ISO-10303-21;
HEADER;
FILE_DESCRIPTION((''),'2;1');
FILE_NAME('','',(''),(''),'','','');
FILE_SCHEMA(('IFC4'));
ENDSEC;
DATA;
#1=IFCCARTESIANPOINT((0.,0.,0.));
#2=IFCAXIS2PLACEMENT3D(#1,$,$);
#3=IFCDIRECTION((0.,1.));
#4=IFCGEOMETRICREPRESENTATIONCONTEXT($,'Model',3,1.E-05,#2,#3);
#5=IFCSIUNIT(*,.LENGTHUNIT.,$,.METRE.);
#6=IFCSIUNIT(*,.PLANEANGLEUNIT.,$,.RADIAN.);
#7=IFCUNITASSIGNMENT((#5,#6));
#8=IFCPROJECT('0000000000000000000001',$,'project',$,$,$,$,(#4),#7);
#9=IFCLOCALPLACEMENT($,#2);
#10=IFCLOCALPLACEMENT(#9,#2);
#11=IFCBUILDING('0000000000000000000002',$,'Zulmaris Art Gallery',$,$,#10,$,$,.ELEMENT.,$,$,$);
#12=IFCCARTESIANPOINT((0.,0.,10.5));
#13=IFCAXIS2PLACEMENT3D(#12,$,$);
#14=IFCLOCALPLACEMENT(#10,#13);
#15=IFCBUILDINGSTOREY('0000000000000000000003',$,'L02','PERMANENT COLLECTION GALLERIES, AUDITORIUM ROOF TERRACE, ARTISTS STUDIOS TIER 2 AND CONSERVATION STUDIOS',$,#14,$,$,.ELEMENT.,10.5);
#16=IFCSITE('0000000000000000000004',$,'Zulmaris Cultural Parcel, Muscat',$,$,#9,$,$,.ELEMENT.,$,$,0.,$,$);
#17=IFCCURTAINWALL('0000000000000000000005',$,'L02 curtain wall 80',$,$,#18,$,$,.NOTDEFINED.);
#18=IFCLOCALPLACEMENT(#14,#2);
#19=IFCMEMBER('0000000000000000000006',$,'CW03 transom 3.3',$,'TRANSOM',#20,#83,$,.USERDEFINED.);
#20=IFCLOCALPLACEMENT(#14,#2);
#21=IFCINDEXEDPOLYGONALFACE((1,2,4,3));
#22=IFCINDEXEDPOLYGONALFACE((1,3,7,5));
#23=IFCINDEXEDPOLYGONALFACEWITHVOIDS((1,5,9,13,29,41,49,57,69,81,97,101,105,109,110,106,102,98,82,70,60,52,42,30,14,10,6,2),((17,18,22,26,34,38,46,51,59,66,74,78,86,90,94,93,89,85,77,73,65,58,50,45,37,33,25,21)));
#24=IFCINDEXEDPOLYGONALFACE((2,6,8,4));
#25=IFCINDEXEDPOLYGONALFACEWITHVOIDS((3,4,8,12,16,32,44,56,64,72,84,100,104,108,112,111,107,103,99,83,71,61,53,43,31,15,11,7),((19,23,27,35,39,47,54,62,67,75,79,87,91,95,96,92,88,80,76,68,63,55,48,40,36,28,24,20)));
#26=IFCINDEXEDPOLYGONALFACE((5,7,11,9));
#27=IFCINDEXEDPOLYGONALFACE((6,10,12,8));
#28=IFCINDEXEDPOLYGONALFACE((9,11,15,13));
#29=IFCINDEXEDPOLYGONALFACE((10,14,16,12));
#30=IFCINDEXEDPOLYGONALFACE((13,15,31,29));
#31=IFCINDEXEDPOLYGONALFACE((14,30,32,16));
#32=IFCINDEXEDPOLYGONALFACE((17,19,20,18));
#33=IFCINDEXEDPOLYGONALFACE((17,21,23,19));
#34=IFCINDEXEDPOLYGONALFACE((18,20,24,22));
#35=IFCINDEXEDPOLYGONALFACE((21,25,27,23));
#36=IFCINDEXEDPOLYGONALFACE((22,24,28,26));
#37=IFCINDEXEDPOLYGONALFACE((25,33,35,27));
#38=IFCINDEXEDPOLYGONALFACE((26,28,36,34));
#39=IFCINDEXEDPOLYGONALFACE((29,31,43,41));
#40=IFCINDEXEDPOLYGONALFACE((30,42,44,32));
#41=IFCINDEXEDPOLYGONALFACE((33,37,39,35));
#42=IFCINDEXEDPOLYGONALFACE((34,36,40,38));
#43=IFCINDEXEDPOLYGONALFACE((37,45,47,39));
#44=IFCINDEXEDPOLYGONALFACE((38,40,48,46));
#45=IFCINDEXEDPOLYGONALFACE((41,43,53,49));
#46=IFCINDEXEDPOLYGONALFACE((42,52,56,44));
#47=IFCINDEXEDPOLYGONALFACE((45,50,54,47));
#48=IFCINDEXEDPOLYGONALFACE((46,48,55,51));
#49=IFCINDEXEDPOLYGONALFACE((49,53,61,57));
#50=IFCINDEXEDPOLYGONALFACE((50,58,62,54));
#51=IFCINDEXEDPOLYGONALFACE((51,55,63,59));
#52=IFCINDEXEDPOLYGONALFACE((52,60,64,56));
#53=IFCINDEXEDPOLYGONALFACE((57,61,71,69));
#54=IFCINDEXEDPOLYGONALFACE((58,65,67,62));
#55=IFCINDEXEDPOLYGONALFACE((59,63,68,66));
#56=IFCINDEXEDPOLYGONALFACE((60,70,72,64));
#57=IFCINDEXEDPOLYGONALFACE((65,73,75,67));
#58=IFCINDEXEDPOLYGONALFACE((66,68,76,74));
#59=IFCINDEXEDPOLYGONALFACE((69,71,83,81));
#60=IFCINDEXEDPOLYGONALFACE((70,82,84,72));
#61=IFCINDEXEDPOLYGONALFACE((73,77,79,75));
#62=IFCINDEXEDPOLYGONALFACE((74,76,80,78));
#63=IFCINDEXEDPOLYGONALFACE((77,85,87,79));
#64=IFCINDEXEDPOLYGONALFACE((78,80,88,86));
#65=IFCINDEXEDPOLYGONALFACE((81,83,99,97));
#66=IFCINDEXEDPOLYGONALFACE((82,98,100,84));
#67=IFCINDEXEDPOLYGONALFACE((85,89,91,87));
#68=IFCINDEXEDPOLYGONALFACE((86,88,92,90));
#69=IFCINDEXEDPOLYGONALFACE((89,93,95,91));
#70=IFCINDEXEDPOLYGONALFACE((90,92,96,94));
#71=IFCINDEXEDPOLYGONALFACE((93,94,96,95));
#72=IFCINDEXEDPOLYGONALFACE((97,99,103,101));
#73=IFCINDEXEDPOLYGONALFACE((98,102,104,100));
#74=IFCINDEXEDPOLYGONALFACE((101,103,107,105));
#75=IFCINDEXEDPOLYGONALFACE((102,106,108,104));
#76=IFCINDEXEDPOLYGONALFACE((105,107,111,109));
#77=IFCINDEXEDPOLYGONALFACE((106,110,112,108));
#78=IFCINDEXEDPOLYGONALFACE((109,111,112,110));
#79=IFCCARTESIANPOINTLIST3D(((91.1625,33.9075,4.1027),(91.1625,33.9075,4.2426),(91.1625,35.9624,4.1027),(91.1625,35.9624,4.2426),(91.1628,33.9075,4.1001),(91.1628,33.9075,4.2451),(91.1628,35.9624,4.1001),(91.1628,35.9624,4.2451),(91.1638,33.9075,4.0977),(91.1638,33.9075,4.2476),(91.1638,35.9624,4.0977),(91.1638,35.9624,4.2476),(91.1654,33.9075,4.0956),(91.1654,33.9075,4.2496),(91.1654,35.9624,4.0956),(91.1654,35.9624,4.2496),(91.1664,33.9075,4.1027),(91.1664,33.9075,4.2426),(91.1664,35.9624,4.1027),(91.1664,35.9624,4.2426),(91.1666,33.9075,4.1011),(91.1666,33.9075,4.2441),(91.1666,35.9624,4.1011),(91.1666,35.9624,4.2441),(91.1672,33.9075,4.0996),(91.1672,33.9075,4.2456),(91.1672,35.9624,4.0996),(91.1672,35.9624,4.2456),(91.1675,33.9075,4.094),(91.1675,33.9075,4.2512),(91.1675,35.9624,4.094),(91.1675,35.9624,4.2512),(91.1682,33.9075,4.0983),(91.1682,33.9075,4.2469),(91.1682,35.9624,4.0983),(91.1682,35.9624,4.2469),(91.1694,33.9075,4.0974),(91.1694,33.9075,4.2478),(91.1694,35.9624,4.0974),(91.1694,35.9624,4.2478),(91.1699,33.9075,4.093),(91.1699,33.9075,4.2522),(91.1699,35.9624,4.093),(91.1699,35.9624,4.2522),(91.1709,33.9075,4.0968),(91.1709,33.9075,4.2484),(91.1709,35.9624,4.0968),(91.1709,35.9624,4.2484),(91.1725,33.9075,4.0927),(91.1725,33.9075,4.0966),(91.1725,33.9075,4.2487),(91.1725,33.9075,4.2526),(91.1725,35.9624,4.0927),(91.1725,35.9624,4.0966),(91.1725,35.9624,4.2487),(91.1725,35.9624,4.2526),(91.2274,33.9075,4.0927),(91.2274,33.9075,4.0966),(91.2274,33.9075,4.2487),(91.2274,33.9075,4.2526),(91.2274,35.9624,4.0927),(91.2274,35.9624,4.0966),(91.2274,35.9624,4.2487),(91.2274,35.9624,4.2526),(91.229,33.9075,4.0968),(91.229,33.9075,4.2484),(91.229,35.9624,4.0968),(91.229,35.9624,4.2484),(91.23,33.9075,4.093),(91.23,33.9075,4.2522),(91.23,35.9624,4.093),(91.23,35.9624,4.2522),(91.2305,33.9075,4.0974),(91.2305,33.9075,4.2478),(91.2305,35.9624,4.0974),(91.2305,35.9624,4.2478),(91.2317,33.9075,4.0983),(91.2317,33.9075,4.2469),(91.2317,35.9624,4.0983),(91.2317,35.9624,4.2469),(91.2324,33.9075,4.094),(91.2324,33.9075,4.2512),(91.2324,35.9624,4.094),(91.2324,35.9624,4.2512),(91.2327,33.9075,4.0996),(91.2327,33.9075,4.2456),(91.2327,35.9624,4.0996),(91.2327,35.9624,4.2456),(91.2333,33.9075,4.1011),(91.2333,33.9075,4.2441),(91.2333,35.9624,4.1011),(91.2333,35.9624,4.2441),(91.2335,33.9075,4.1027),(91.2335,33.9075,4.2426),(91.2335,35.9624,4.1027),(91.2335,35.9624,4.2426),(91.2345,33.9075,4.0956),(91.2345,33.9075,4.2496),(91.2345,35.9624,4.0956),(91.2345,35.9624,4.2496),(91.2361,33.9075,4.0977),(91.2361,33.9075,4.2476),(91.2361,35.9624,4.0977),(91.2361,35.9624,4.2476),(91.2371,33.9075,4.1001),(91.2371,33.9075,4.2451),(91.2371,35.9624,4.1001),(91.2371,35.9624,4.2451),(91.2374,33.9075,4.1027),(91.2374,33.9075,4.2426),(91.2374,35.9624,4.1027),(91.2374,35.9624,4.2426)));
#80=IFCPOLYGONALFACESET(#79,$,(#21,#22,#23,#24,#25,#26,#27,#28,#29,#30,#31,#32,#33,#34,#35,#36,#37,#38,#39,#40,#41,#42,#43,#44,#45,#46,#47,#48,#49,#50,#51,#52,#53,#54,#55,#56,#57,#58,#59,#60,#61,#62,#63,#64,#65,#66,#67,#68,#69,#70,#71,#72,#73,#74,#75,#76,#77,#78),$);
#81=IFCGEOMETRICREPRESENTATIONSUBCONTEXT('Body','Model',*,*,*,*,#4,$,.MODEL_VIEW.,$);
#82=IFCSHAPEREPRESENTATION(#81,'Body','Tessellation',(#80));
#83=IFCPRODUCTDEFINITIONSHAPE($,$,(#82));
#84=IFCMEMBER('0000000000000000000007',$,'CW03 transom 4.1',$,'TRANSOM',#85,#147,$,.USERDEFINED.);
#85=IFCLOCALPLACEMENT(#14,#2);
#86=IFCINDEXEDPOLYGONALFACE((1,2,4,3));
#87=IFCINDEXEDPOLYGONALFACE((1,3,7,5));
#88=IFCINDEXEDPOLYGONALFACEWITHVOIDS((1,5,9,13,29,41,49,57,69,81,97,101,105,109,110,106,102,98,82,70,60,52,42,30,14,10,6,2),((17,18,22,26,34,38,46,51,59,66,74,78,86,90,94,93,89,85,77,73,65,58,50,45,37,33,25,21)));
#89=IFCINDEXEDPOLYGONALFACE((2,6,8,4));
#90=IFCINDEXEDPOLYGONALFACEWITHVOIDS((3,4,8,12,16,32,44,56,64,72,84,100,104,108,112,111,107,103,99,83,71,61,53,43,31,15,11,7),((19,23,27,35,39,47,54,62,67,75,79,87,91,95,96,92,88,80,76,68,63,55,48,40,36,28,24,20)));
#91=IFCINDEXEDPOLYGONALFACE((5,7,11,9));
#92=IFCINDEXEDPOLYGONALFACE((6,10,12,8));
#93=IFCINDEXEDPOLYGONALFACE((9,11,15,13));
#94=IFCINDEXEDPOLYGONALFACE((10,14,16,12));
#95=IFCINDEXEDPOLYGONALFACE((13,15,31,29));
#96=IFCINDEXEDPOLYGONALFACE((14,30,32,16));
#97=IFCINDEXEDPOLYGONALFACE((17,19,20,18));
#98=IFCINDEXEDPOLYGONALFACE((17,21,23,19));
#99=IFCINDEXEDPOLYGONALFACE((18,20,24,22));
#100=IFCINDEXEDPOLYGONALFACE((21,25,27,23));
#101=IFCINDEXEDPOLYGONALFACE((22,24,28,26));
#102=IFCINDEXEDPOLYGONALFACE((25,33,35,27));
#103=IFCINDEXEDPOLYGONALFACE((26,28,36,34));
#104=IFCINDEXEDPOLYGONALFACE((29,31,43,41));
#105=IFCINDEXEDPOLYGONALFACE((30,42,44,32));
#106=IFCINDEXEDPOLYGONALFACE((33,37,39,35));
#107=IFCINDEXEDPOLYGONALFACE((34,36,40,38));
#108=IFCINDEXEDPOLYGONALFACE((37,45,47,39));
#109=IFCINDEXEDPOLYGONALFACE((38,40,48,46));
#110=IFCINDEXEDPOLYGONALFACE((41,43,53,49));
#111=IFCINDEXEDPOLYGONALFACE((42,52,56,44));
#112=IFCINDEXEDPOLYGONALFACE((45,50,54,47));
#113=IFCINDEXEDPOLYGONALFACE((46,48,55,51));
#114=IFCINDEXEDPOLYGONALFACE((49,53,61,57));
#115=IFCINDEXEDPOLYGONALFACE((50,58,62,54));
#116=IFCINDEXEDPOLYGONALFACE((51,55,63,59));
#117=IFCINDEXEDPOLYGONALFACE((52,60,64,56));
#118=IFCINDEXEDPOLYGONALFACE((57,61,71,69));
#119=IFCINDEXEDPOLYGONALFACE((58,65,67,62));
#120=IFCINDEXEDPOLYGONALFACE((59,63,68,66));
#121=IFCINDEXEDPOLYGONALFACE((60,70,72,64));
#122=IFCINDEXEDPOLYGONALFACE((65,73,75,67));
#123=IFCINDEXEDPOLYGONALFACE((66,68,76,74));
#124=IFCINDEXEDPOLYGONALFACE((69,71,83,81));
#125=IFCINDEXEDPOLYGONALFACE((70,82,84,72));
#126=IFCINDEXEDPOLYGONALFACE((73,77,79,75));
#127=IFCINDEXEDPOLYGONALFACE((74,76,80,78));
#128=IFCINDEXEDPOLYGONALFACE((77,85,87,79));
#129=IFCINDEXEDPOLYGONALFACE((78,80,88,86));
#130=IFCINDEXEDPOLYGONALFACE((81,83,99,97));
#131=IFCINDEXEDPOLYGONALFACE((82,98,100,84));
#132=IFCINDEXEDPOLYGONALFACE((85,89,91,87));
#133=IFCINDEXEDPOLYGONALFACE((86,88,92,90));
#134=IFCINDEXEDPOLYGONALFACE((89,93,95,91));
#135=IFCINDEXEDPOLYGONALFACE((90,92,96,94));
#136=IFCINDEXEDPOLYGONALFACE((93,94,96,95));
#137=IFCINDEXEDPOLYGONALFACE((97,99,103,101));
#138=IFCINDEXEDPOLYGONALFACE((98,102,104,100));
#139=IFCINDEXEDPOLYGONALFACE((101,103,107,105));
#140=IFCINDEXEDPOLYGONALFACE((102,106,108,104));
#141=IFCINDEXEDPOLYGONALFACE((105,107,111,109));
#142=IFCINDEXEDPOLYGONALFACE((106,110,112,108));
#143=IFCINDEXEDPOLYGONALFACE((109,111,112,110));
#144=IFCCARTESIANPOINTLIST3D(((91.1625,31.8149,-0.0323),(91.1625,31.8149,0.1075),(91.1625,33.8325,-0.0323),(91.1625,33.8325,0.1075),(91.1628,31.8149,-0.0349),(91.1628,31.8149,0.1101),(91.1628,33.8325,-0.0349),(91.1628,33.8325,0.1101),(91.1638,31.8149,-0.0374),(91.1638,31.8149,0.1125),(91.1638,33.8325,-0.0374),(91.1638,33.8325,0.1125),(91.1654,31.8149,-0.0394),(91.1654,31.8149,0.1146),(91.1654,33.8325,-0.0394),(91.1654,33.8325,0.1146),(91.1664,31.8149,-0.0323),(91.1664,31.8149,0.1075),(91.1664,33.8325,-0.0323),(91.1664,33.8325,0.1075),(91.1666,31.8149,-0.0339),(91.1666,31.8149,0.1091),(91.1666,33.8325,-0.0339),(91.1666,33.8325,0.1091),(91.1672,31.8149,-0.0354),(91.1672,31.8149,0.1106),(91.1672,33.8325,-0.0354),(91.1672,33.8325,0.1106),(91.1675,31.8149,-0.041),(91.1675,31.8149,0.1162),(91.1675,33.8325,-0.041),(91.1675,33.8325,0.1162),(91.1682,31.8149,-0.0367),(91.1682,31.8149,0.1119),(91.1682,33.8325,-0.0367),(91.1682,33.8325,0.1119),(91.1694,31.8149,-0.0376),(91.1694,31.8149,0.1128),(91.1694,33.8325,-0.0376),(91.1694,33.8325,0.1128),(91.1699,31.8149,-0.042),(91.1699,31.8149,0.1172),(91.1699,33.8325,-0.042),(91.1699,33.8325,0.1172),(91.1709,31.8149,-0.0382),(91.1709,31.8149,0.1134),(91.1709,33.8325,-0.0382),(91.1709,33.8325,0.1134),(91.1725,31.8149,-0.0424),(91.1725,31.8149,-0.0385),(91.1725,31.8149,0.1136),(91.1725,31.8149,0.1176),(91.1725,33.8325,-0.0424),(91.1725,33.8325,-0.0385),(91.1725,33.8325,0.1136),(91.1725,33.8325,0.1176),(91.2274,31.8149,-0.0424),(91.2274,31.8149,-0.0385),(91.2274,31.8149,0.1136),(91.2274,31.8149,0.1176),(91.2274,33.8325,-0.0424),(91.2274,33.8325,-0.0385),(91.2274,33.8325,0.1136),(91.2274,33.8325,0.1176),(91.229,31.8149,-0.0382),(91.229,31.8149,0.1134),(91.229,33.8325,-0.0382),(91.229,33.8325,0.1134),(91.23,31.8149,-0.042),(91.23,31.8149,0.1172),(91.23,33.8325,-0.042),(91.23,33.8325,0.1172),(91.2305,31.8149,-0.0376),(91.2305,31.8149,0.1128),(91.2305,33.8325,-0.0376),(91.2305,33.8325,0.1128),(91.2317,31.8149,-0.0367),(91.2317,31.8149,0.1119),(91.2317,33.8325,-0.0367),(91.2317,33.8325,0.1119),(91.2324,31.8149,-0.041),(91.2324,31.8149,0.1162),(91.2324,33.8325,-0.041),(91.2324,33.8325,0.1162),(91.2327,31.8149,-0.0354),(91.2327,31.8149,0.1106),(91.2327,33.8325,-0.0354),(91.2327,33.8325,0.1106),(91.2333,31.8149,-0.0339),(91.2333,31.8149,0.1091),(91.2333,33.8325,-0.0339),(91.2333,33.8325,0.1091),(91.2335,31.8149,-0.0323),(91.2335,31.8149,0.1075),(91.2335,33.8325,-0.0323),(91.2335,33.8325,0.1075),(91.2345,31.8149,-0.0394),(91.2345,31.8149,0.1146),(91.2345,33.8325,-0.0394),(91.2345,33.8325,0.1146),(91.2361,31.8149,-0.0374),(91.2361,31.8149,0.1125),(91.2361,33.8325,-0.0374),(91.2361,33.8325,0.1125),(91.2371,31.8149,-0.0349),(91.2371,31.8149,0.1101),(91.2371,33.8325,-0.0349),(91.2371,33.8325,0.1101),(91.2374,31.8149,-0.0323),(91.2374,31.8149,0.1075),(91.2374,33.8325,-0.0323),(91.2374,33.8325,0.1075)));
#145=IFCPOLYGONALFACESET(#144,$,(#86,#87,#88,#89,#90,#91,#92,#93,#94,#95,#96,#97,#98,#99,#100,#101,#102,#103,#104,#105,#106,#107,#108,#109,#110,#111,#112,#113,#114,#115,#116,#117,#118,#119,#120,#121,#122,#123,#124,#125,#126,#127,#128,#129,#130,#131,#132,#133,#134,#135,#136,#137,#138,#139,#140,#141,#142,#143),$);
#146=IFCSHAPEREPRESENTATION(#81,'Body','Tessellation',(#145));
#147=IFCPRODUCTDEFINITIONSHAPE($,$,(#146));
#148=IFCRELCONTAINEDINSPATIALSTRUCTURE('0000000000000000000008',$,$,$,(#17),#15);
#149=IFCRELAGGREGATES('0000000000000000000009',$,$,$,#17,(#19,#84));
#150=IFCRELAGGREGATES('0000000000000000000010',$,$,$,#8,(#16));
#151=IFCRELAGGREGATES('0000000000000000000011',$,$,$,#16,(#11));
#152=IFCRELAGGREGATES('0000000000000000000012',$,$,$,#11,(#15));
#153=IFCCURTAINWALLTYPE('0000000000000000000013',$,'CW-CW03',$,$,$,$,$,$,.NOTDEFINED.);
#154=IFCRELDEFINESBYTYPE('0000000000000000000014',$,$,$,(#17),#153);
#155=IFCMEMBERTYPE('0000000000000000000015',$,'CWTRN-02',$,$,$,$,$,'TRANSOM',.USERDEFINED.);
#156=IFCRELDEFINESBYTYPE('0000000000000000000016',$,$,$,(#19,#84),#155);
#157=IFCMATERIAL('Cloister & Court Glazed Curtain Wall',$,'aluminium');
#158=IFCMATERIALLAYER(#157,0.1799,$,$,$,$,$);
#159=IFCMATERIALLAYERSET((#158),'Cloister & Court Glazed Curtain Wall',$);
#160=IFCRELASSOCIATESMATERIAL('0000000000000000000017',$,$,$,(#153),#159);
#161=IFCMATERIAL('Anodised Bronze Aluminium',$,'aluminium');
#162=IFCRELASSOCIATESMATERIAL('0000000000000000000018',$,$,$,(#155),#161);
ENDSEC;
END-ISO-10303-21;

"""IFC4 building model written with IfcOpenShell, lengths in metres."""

from ifc_helpers import new_model, si_unit, direction, frame, origin, origin_2d, place, context, subcontext, project, spatial, hollow_rectangle, extrude, material, layer, layer_set, material_profile, profile_set, type_object, element, aggregate, save


model = new_model("IFC4")

# Units and contexts
model_context = context("Model", 3, precision=1e-05, world=origin(), true_north=direction((0.0, 1.0)))
body_context = subcontext(model_context, "Body", "Model", "MODEL_VIEW")
ifc_project = project(units=[si_unit("LENGTHUNIT", "METRE"), si_unit("PLANEANGLEUNIT", "RADIAN")], contexts=[model_context])

# Site, building, storey
site_placement = place(None, origin())
site = spatial("IfcSite", under=ifc_project, at=site_placement, Name="Zulmaris Cultural Parcel, Muscat", CompositionType="ELEMENT", RefElevation=0.0)
building_placement = place(site_placement, origin())
building = spatial("IfcBuilding", under=site, at=building_placement, Name="Zulmaris Art Gallery", CompositionType="ELEMENT")
storey_placement = place(building_placement, frame((0.0, 0.0, 10.5)))
storey = spatial("IfcBuildingStorey", under=building, at=storey_placement, Name="L02", Description="PERMANENT COLLECTION GALLERIES, AUDITORIUM ROOF TERRACE, ARTISTS STUDIOS TIER 2 AND CONSERVATION STUDIOS", CompositionType="ELEMENT", Elevation=10.5)

# Curtain wall
ifc_material_1 = material(Name="Cloister & Court Glazed Curtain Wall", Category="aluminium")
ifc_layer_1 = layer(ifc_material_1, 0.1799)
ifc_layer_set_1 = layer_set([ifc_layer_1], Name="Cloister & Court Glazed Curtain Wall")
curtain_wall_type = type_object("IfcCurtainWallType", Name="CW-CW03", PredefinedType="NOTDEFINED", material=ifc_layer_set_1)
ifc_material_2 = material(Name="Anodised Bronze Aluminium", Category="aluminium")
curtain_wall_1_placement = place(storey_placement, origin())
curtain_wall_1 = element("IfcCurtainWall", 1, at=curtain_wall_1_placement, inside=storey, type_object=curtain_wall_type, Name="L02 curtain wall 80", PredefinedType="NOTDEFINED")

# Members
ifc_material_profile_1 = material_profile(ifc_material_2, hollow_rectangle(XDim=0.075, YDim=0.1599, WallThickness=0.0039, InnerFilletRadius=0.0061, OuterFilletRadius=0.01, at=origin_2d()), Name="ALU 75x160x4")
ifc_profile_set_1 = profile_set([ifc_material_profile_1], Name="Anodised Bronze Aluminium")
member_type_1 = type_object("IfcMemberType", Name="CWTRN-02", ElementType="TRANSOM", PredefinedType="USERDEFINED", material=ifc_profile_set_1)
member_1_placement = place(storey_placement, frame((91.2, 35.9624, 4.1726), z_axis=(0.0, -1.0, 0.0), x_axis=(1.0, 0.0, 0.0)))
member_1 = element("IfcMember", 2, at=member_1_placement, type_object=member_type_1, Name="CW03 transom 3.3", ObjectType="TRANSOM", PredefinedType="USERDEFINED", context=body_context, shape_type="SweptSolid", body=[
    extrude(hollow_rectangle(XDim=0.075, YDim=0.1599, WallThickness=0.0039, InnerFilletRadius=0.0061, OuterFilletRadius=0.01, at=origin_2d()), origin(), (0.0, 0.0, 1.0), 2.0549),
])
member_2_placement = place(storey_placement, frame((91.2, 33.8325, 0.0376), z_axis=(0.0, -1.0, 0.0), x_axis=(1.0, 0.0, 0.0)))
member_2 = element("IfcMember", 3, at=member_2_placement, type_object=member_type_1, Name="CW03 transom 4.1", ObjectType="TRANSOM", PredefinedType="USERDEFINED", context=body_context, shape_type="SweptSolid", body=[
    extrude(hollow_rectangle(XDim=0.075, YDim=0.1599, WallThickness=0.0039, InnerFilletRadius=0.0061, OuterFilletRadius=0.01, at=origin_2d()), origin(), (0.0, 0.0, 1.0), 2.0176),
])

aggregate(curtain_wall_1, [member_1, member_2])

save(model, "model.ifc")
